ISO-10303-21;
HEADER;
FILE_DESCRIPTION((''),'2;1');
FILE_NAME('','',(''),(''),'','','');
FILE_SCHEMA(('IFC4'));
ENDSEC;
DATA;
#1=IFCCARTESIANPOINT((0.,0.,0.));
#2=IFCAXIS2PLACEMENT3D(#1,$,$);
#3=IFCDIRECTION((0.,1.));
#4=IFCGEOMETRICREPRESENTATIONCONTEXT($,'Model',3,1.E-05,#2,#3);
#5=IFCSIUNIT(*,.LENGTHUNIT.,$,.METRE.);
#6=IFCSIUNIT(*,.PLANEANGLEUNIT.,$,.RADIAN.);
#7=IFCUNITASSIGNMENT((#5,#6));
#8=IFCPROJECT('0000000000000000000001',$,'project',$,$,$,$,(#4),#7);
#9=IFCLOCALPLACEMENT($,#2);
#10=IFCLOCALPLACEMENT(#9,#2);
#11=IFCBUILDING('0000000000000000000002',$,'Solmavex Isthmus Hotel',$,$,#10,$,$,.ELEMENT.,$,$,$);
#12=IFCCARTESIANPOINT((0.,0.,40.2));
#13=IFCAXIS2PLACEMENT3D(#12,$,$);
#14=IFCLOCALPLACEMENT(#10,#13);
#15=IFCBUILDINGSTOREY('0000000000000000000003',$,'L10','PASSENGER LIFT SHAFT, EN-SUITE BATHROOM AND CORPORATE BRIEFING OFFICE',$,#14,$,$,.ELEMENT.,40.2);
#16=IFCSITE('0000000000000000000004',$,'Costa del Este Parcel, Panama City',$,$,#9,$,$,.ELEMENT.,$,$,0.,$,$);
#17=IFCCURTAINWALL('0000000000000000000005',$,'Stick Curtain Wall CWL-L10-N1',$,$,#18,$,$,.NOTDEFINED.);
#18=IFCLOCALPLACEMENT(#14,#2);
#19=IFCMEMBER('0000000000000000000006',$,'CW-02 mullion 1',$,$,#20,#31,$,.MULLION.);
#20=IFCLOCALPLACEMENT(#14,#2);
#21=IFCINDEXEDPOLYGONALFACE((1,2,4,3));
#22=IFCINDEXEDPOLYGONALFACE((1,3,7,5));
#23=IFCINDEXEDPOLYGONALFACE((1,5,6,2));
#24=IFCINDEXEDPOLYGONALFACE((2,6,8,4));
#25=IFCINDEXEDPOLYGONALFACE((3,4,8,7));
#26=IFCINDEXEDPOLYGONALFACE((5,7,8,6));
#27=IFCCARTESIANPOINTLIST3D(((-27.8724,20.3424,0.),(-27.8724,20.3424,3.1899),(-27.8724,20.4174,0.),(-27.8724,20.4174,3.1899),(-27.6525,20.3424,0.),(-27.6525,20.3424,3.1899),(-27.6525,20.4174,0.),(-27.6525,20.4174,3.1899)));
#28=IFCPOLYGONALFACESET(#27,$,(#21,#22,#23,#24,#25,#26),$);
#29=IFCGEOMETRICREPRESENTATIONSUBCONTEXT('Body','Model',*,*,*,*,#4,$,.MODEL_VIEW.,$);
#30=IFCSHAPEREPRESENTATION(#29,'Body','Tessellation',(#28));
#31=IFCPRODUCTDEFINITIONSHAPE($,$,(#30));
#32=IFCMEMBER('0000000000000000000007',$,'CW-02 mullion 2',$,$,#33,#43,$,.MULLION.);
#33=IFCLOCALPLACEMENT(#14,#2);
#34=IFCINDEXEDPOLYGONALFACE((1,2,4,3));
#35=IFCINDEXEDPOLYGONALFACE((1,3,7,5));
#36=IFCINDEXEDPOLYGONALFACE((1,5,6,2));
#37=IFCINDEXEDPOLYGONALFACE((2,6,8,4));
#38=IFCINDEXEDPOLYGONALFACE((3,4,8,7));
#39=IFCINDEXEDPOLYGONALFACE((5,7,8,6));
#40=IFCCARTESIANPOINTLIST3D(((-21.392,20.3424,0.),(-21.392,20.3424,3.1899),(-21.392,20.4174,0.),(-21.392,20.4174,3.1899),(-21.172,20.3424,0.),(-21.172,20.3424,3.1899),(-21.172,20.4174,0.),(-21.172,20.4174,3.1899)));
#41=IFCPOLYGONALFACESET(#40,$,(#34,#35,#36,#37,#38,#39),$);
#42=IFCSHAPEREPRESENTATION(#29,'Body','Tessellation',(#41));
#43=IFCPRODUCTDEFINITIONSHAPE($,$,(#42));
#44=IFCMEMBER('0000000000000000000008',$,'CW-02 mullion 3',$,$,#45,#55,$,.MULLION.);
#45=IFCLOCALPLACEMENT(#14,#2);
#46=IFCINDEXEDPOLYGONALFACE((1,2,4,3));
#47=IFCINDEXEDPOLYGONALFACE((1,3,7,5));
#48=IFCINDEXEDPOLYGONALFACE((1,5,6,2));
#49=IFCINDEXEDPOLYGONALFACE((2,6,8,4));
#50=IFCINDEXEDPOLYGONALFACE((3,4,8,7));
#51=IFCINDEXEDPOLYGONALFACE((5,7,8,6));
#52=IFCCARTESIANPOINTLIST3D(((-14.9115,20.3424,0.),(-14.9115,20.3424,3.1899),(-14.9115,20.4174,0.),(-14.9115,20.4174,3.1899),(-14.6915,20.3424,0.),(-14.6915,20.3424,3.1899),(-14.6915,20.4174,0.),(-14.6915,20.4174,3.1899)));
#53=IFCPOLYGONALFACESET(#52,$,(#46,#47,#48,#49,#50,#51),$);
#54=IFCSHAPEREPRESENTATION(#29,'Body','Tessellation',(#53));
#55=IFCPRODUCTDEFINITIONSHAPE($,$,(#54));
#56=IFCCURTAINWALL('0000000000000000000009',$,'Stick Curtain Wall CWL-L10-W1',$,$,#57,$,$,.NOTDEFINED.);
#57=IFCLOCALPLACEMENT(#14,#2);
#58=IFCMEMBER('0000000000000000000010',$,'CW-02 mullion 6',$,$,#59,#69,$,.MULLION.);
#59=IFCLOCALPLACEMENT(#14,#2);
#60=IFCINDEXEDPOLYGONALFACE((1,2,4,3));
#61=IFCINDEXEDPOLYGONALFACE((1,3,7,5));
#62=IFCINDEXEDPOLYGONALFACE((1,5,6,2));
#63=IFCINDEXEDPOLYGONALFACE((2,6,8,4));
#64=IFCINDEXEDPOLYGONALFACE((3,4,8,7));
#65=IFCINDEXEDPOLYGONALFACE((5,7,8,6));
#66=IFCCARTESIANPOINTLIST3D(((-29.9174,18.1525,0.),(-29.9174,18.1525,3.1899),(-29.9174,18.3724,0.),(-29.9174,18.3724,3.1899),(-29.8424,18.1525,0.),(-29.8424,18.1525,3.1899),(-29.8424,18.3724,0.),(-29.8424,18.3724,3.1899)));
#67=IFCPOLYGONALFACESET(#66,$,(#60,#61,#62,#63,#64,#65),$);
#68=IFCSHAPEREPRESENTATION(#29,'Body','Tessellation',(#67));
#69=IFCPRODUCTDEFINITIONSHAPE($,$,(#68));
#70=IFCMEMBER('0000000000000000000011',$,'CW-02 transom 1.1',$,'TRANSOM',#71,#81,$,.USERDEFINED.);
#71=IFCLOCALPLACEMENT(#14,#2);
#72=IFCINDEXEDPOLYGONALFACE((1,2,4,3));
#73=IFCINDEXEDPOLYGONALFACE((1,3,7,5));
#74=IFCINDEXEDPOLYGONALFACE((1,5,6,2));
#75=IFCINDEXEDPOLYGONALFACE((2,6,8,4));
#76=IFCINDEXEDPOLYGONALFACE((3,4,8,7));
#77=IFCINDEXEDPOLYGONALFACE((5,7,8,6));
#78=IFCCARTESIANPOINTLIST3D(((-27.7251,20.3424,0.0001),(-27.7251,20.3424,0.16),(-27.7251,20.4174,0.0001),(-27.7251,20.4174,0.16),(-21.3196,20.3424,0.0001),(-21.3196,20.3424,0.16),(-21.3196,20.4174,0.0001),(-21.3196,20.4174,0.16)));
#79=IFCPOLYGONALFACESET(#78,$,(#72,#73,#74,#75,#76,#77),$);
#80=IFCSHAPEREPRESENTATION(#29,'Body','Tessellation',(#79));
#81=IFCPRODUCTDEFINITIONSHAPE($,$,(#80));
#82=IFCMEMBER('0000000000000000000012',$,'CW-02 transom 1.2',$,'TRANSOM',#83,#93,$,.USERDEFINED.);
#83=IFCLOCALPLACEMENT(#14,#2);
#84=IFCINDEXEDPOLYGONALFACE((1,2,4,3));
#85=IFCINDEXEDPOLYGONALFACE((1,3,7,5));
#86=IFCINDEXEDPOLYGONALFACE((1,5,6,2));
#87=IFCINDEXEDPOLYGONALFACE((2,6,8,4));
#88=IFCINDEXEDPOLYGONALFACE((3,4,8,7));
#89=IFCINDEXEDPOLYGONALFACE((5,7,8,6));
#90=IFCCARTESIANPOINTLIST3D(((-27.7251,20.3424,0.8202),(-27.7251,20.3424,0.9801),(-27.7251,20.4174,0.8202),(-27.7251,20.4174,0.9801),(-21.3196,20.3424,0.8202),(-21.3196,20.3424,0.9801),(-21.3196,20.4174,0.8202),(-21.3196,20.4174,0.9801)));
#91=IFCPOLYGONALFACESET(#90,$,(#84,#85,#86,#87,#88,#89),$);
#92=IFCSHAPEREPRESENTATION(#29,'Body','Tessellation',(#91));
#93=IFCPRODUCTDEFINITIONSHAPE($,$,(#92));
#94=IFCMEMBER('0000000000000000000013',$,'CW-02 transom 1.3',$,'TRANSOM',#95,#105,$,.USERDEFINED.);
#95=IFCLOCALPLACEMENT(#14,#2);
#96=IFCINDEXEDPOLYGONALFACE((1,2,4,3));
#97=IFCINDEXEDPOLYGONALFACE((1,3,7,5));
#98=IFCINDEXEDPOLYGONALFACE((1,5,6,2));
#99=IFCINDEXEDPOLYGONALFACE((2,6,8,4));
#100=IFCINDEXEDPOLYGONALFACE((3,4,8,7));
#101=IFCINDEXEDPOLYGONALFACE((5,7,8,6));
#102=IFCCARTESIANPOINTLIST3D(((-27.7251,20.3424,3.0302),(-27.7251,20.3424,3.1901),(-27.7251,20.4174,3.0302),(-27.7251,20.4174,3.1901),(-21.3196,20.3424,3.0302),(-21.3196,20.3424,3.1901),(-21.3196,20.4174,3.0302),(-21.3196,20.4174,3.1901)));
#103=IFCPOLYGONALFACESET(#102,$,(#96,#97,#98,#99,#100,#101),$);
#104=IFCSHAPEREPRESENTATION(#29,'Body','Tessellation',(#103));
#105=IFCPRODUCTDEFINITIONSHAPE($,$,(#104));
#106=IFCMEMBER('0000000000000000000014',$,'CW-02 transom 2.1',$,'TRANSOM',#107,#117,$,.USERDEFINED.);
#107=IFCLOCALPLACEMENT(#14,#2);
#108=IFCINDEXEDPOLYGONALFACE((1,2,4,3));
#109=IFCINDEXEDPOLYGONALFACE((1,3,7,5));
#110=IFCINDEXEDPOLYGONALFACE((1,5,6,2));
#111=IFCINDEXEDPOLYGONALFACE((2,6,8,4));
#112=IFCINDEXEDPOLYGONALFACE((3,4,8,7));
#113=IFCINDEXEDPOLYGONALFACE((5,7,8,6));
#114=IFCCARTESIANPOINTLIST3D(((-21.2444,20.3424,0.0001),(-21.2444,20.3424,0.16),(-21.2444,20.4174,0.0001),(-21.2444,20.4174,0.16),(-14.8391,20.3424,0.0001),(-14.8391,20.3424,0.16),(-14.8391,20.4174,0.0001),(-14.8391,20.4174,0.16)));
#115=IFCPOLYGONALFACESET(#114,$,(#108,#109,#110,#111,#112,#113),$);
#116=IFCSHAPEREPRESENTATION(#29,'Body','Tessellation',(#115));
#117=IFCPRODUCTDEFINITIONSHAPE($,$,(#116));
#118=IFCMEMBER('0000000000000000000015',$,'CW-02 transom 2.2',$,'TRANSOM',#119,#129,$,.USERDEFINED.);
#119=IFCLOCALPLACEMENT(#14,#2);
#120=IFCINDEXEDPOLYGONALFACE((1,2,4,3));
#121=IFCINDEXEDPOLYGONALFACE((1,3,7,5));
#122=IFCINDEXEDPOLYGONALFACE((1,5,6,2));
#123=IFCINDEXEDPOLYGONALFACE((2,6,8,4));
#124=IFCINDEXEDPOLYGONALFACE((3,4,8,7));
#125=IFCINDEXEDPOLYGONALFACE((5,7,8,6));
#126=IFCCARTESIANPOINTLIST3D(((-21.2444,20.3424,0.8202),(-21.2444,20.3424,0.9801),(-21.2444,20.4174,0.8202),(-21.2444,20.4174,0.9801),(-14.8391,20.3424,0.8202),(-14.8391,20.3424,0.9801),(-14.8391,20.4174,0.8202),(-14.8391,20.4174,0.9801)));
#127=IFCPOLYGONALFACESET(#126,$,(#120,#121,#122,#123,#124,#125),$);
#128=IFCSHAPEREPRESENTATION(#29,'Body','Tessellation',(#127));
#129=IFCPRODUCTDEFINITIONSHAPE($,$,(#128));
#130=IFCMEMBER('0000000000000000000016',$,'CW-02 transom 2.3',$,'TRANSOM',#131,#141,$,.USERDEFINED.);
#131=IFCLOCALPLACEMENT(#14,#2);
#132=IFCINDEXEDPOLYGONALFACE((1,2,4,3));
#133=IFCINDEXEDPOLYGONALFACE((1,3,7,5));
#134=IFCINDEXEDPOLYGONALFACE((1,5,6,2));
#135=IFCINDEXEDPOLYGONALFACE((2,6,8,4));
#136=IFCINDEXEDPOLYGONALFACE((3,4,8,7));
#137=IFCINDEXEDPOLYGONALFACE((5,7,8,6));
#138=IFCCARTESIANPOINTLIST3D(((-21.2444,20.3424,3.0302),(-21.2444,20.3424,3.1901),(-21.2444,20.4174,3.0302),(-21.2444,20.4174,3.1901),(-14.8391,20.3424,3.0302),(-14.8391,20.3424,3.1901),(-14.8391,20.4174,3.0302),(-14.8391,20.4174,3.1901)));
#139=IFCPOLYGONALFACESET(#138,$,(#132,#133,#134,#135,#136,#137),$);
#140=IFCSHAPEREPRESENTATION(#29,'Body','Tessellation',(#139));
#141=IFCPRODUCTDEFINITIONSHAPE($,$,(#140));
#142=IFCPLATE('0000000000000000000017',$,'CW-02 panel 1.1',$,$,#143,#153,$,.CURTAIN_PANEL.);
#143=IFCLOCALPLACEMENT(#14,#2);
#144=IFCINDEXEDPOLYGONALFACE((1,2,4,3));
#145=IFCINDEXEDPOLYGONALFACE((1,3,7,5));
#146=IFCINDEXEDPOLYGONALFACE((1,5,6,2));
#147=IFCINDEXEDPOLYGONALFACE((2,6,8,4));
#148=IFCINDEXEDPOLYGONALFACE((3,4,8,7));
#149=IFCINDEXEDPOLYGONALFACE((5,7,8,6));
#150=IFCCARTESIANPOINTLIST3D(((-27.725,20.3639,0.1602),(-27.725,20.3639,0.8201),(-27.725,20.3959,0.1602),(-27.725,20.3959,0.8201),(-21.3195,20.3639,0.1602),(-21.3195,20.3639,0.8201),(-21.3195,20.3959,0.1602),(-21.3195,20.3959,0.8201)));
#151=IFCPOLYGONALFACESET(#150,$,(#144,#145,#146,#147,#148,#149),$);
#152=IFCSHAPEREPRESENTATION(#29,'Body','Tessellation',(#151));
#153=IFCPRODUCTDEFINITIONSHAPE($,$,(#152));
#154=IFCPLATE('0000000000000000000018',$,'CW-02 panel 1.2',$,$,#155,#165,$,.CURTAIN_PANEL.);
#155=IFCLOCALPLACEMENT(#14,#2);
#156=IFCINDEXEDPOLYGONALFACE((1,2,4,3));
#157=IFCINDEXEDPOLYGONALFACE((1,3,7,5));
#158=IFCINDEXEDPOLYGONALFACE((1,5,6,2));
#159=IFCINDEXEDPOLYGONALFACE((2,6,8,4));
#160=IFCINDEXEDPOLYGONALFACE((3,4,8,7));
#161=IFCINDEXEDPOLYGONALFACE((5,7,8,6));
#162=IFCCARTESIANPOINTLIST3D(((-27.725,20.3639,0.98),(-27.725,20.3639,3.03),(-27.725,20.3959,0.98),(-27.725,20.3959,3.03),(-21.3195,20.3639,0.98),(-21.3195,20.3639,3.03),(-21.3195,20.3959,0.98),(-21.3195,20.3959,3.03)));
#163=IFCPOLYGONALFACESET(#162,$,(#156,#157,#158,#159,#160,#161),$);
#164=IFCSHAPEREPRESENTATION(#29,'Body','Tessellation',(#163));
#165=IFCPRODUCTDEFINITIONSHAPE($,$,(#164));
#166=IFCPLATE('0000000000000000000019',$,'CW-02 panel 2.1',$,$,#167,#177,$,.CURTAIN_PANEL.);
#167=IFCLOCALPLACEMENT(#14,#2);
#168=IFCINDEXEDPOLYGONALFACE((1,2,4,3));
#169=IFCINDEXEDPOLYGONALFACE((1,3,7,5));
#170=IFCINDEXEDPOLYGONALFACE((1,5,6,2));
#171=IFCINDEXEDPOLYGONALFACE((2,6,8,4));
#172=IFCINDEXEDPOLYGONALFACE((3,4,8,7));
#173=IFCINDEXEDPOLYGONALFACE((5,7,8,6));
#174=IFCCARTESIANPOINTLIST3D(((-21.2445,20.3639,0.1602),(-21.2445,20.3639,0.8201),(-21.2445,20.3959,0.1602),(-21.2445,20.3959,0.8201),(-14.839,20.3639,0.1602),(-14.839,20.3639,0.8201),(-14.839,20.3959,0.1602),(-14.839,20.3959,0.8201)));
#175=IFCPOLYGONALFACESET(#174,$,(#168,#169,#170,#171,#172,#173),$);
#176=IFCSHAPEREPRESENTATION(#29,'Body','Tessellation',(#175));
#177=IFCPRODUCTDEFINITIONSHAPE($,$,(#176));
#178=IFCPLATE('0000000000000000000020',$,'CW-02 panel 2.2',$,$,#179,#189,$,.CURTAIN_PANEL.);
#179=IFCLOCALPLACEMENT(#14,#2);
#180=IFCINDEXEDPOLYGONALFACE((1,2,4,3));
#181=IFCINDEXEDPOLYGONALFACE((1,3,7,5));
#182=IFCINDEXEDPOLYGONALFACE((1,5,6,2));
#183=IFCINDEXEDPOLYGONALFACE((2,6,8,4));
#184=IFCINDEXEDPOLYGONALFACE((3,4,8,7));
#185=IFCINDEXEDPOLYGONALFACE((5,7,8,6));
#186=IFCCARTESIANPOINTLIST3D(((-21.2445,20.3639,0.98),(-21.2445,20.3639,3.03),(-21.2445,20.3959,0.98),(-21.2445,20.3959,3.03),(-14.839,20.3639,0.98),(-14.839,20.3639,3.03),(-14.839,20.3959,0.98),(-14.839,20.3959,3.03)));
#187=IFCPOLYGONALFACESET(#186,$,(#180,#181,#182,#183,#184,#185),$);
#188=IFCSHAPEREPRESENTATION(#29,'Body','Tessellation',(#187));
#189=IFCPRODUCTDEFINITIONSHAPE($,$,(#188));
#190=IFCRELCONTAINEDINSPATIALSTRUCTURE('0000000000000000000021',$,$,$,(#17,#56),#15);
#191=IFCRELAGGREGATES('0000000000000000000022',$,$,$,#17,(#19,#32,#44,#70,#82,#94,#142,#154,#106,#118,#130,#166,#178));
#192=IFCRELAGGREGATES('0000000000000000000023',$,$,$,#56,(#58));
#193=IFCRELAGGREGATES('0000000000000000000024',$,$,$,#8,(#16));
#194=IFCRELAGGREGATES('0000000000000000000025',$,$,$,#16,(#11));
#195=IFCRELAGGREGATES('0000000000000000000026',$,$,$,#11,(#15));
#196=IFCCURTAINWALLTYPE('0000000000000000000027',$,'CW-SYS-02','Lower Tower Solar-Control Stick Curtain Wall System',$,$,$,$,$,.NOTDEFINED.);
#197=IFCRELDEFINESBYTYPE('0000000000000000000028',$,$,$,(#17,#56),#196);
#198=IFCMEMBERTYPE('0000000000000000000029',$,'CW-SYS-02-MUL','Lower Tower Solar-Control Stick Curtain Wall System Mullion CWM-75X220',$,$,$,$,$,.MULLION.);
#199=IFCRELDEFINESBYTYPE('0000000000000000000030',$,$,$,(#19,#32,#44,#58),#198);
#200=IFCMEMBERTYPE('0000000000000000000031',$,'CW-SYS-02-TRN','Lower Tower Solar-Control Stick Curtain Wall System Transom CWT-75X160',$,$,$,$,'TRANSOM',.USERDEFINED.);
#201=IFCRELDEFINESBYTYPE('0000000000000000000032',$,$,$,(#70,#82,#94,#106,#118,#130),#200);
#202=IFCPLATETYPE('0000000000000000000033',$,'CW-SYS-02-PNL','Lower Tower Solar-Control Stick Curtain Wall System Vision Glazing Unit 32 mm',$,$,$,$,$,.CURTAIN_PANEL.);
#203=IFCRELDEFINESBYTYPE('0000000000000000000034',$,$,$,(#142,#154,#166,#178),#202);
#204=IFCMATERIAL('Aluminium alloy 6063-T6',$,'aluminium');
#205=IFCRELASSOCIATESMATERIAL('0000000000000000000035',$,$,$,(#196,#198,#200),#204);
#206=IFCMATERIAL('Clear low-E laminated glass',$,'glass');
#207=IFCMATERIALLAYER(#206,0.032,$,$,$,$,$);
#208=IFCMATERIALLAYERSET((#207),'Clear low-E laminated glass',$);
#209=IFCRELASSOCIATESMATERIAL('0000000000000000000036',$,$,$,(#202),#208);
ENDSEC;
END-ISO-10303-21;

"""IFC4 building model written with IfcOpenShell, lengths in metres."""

from ifc_helpers import new_model, si_unit, direction, frame, origin, origin_2d, place, context, subcontext, project, spatial, rectangle, extrude, material, layer, layer_set, material_profile, profile_set, type_object, element, aggregate, save


model = new_model("IFC4")

# Units and contexts
model_context = context("Model", 3, precision=1e-05, world=origin(), true_north=direction((0.0, 1.0)))
body_context = subcontext(model_context, "Body", "Model", "MODEL_VIEW")
ifc_project = project(units=[si_unit("LENGTHUNIT", "METRE"), si_unit("PLANEANGLEUNIT", "RADIAN")], contexts=[model_context])

# Site, building, storey
site_placement = place(None, origin())
site = spatial("IfcSite", under=ifc_project, at=site_placement, Name="Costa del Este Parcel, Panama City", CompositionType="ELEMENT", RefElevation=0.0)
building_placement = place(site_placement, origin())
building = spatial("IfcBuilding", under=site, at=building_placement, Name="Solmavex Isthmus Hotel", CompositionType="ELEMENT")
storey_placement = place(building_placement, frame((0.0, 0.0, 40.2)))
storey = spatial("IfcBuildingStorey", under=building, at=storey_placement, Name="L10", Description="PASSENGER LIFT SHAFT, EN-SUITE BATHROOM AND CORPORATE BRIEFING OFFICE", CompositionType="ELEMENT", Elevation=40.2)

# Curtain wall, members
ifc_material_1 = material(Name="Aluminium alloy 6063-T6", Category="aluminium")
curtain_wall_type = type_object("IfcCurtainWallType", Name="CW-SYS-02", Description="Lower Tower Solar-Control Stick Curtain Wall System", PredefinedType="NOTDEFINED", material=ifc_material_1)
curtain_wall_1_placement = place(storey_placement, origin())
curtain_wall_1 = element("IfcCurtainWall", 1, at=curtain_wall_1_placement, inside=storey, type_object=curtain_wall_type, Name="Stick Curtain Wall CWL-L10-N1", PredefinedType="NOTDEFINED")
ifc_material_profile_1 = material_profile(ifc_material_1, rectangle(XDim=0.075, YDim=0.22, at=origin_2d()), Name="CWM-75X220")
ifc_profile_set_1 = profile_set([ifc_material_profile_1], Name="Aluminium alloy 6063-T6")
member_type_1 = type_object("IfcMemberType", Name="CW-SYS-02-MUL", Description="Lower Tower Solar-Control Stick Curtain Wall System Mullion CWM-75X220", PredefinedType="MULLION", material=ifc_profile_set_1)
member_1_placement = place(storey_placement, frame((-27.7625, 20.3799, 0.0), z_axis=(0.0, 0.0, 1.0), x_axis=(0.0, 1.0, 0.0)))
member_1 = element("IfcMember", 2, at=member_1_placement, type_object=member_type_1, Name="CW-02 mullion 1", PredefinedType="MULLION", context=body_context, shape_type="SweptSolid", body=[
    extrude(rectangle(XDim=0.075, YDim=0.22, at=origin_2d()), origin(), (0.0, 0.0, 1.0), 3.1899),
])
member_2_placement = place(storey_placement, frame((-21.282, 20.3799, 0.0), z_axis=(0.0, 0.0, 1.0), x_axis=(0.0, 1.0, 0.0)))
member_2 = element("IfcMember", 3, at=member_2_placement, type_object=member_type_1, Name="CW-02 mullion 2", PredefinedType="MULLION", context=body_context, shape_type="SweptSolid", body=[
    extrude(rectangle(XDim=0.075, YDim=0.22, at=origin_2d()), origin(), (0.0, 0.0, 1.0), 3.1899),
])
member_3_placement = place(storey_placement, frame((-14.8015, 20.3799, 0.0), z_axis=(0.0, 0.0, 1.0), x_axis=(0.0, 1.0, 0.0)))
member_3 = element("IfcMember", 4, at=member_3_placement, type_object=member_type_1, Name="CW-02 mullion 3", PredefinedType="MULLION", context=body_context, shape_type="SweptSolid", body=[
    extrude(rectangle(XDim=0.075, YDim=0.22, at=origin_2d()), origin(), (0.0, 0.0, 1.0), 3.1899),
])

# Curtain wall, member
curtain_wall_2_placement = place(storey_placement, origin())
curtain_wall_2 = element("IfcCurtainWall", 5, at=curtain_wall_2_placement, inside=storey, type_object=curtain_wall_type, Name="Stick Curtain Wall CWL-L10-W1", PredefinedType="NOTDEFINED")
member_4_placement = place(storey_placement, frame((-29.8799, 18.2625, 0.0), z_axis=(0.0, 0.0, 1.0), x_axis=(-1.0, 0.0, 0.0)))
member_4 = element("IfcMember", 6, at=member_4_placement, type_object=member_type_1, Name="CW-02 mullion 6", PredefinedType="MULLION", context=body_context, shape_type="SweptSolid", body=[
    extrude(rectangle(XDim=0.075, YDim=0.22, at=origin_2d()), origin(), (0.0, 0.0, 1.0), 3.1899),
])

# Members
ifc_material_profile_2 = material_profile(ifc_material_1, rectangle(XDim=0.075, YDim=0.1599, at=origin_2d()), Name="CWT-75X160")
ifc_profile_set_2 = profile_set([ifc_material_profile_2], Name="Aluminium alloy 6063-T6")
member_type_2 = type_object("IfcMemberType", Name="CW-SYS-02-TRN", Description="Lower Tower Solar-Control Stick Curtain Wall System Transom CWT-75X160", ElementType="TRANSOM", PredefinedType="USERDEFINED", material=ifc_profile_set_2)
member_5_placement = place(storey_placement, frame((-27.7251, 20.3799, 0.0801), z_axis=(1.0, 0.0, 0.0), x_axis=(0.0, 1.0, 0.0)))
member_5 = element("IfcMember", 7, at=member_5_placement, type_object=member_type_2, Name="CW-02 transom 1.1", ObjectType="TRANSOM", PredefinedType="USERDEFINED", context=body_context, shape_type="SweptSolid", body=[
    extrude(rectangle(XDim=0.075, YDim=0.1599, at=origin_2d()), origin(), (0.0, 0.0, 1.0), 6.4055),
])
member_6_placement = place(storey_placement, frame((-27.7251, 20.3799, 0.9001), z_axis=(1.0, 0.0, 0.0), x_axis=(0.0, 1.0, 0.0)))
member_6 = element("IfcMember", 8, at=member_6_placement, type_object=member_type_2, Name="CW-02 transom 1.2", ObjectType="TRANSOM", PredefinedType="USERDEFINED", context=body_context, shape_type="SweptSolid", body=[
    extrude(rectangle(XDim=0.075, YDim=0.1599, at=origin_2d()), origin(), (0.0, 0.0, 1.0), 6.4055),
])
member_7_placement = place(storey_placement, frame((-27.7251, 20.3799, 3.1101), z_axis=(1.0, 0.0, 0.0), x_axis=(0.0, 1.0, 0.0)))
member_7 = element("IfcMember", 9, at=member_7_placement, type_object=member_type_2, Name="CW-02 transom 1.3", ObjectType="TRANSOM", PredefinedType="USERDEFINED", context=body_context, shape_type="SweptSolid", body=[
    extrude(rectangle(XDim=0.075, YDim=0.1599, at=origin_2d()), origin(), (0.0, 0.0, 1.0), 6.4055),
])
member_8_placement = place(storey_placement, frame((-21.2444, 20.3799, 0.0801), z_axis=(1.0, 0.0, 0.0), x_axis=(0.0, 1.0, 0.0)))
member_8 = element("IfcMember", 10, at=member_8_placement, type_object=member_type_2, Name="CW-02 transom 2.1", ObjectType="TRANSOM", PredefinedType="USERDEFINED", context=body_context, shape_type="SweptSolid", body=[
    extrude(rectangle(XDim=0.075, YDim=0.1599, at=origin_2d()), origin(), (0.0, 0.0, 1.0), 6.4053),
])
member_9_placement = place(storey_placement, frame((-21.2444, 20.3799, 0.9001), z_axis=(1.0, 0.0, 0.0), x_axis=(0.0, 1.0, 0.0)))
member_9 = element("IfcMember", 11, at=member_9_placement, type_object=member_type_2, Name="CW-02 transom 2.2", ObjectType="TRANSOM", PredefinedType="USERDEFINED", context=body_context, shape_type="SweptSolid", body=[
    extrude(rectangle(XDim=0.075, YDim=0.1599, at=origin_2d()), origin(), (0.0, 0.0, 1.0), 6.4053),
])
member_10_placement = place(storey_placement, frame((-21.2444, 20.3799, 3.1101), z_axis=(1.0, 0.0, 0.0), x_axis=(0.0, 1.0, 0.0)))
member_10 = element("IfcMember", 12, at=member_10_placement, type_object=member_type_2, Name="CW-02 transom 2.3", ObjectType="TRANSOM", PredefinedType="USERDEFINED", context=body_context, shape_type="SweptSolid", body=[
    extrude(rectangle(XDim=0.075, YDim=0.1599, at=origin_2d()), origin(), (0.0, 0.0, 1.0), 6.4053),
])

# Plates
ifc_material_2 = material(Name="Clear low-E laminated glass", Category="glass")
ifc_layer_1 = layer(ifc_material_2, 0.032)
ifc_layer_set_1 = layer_set([ifc_layer_1], Name="Clear low-E laminated glass")
plate_type = type_object("IfcPlateType", Name="CW-SYS-02-PNL", Description="Lower Tower Solar-Control Stick Curtain Wall System Vision Glazing Unit 32 mm", PredefinedType="CURTAIN_PANEL", material=ifc_layer_set_1)
plate_1_placement = place(storey_placement, frame((-24.5222, 20.3799, 0.1602), z_axis=(0.0, 0.0, 1.0), x_axis=(1.0, 0.0, 0.0)))
plate_1 = element("IfcPlate", 13, at=plate_1_placement, type_object=plate_type, Name="CW-02 panel 1.1", PredefinedType="CURTAIN_PANEL", context=body_context, shape_type="SweptSolid", body=[
    extrude(rectangle(XDim=6.4055, YDim=0.032, at=origin_2d()), origin(), (0.0, 0.0, 1.0), 0.6599),
])
plate_2_placement = place(storey_placement, frame((-24.5222, 20.3799, 0.98), z_axis=(0.0, 0.0, 1.0), x_axis=(1.0, 0.0, 0.0)))
plate_2 = element("IfcPlate", 14, at=plate_2_placement, type_object=plate_type, Name="CW-02 panel 1.2", PredefinedType="CURTAIN_PANEL", context=body_context, shape_type="SweptSolid", body=[
    extrude(rectangle(XDim=6.4055, YDim=0.032, at=origin_2d()), origin(), (0.0, 0.0, 1.0), 2.05),
])
plate_3_placement = place(storey_placement, frame((-18.0417, 20.3799, 0.1602), z_axis=(0.0, 0.0, 1.0), x_axis=(1.0, 0.0, 0.0)))
plate_3 = element("IfcPlate", 15, at=plate_3_placement, type_object=plate_type, Name="CW-02 panel 2.1", PredefinedType="CURTAIN_PANEL", context=body_context, shape_type="SweptSolid", body=[
    extrude(rectangle(XDim=6.4055, YDim=0.032, at=origin_2d()), origin(), (0.0, 0.0, 1.0), 0.6599),
])
plate_4_placement = place(storey_placement, frame((-18.0417, 20.3799, 0.98), z_axis=(0.0, 0.0, 1.0), x_axis=(1.0, 0.0, 0.0)))
plate_4 = element("IfcPlate", 16, at=plate_4_placement, type_object=plate_type, Name="CW-02 panel 2.2", PredefinedType="CURTAIN_PANEL", context=body_context, shape_type="SweptSolid", body=[
    extrude(rectangle(XDim=6.4055, YDim=0.032, at=origin_2d()), origin(), (0.0, 0.0, 1.0), 2.05),
])
aggregate(curtain_wall_1, [member_1, member_2, member_3, member_5, member_6, member_7, plate_1, plate_2, member_8, member_9, member_10, plate_3, plate_4])
aggregate(curtain_wall_2, [member_4])

save(model, "model.ifc")
